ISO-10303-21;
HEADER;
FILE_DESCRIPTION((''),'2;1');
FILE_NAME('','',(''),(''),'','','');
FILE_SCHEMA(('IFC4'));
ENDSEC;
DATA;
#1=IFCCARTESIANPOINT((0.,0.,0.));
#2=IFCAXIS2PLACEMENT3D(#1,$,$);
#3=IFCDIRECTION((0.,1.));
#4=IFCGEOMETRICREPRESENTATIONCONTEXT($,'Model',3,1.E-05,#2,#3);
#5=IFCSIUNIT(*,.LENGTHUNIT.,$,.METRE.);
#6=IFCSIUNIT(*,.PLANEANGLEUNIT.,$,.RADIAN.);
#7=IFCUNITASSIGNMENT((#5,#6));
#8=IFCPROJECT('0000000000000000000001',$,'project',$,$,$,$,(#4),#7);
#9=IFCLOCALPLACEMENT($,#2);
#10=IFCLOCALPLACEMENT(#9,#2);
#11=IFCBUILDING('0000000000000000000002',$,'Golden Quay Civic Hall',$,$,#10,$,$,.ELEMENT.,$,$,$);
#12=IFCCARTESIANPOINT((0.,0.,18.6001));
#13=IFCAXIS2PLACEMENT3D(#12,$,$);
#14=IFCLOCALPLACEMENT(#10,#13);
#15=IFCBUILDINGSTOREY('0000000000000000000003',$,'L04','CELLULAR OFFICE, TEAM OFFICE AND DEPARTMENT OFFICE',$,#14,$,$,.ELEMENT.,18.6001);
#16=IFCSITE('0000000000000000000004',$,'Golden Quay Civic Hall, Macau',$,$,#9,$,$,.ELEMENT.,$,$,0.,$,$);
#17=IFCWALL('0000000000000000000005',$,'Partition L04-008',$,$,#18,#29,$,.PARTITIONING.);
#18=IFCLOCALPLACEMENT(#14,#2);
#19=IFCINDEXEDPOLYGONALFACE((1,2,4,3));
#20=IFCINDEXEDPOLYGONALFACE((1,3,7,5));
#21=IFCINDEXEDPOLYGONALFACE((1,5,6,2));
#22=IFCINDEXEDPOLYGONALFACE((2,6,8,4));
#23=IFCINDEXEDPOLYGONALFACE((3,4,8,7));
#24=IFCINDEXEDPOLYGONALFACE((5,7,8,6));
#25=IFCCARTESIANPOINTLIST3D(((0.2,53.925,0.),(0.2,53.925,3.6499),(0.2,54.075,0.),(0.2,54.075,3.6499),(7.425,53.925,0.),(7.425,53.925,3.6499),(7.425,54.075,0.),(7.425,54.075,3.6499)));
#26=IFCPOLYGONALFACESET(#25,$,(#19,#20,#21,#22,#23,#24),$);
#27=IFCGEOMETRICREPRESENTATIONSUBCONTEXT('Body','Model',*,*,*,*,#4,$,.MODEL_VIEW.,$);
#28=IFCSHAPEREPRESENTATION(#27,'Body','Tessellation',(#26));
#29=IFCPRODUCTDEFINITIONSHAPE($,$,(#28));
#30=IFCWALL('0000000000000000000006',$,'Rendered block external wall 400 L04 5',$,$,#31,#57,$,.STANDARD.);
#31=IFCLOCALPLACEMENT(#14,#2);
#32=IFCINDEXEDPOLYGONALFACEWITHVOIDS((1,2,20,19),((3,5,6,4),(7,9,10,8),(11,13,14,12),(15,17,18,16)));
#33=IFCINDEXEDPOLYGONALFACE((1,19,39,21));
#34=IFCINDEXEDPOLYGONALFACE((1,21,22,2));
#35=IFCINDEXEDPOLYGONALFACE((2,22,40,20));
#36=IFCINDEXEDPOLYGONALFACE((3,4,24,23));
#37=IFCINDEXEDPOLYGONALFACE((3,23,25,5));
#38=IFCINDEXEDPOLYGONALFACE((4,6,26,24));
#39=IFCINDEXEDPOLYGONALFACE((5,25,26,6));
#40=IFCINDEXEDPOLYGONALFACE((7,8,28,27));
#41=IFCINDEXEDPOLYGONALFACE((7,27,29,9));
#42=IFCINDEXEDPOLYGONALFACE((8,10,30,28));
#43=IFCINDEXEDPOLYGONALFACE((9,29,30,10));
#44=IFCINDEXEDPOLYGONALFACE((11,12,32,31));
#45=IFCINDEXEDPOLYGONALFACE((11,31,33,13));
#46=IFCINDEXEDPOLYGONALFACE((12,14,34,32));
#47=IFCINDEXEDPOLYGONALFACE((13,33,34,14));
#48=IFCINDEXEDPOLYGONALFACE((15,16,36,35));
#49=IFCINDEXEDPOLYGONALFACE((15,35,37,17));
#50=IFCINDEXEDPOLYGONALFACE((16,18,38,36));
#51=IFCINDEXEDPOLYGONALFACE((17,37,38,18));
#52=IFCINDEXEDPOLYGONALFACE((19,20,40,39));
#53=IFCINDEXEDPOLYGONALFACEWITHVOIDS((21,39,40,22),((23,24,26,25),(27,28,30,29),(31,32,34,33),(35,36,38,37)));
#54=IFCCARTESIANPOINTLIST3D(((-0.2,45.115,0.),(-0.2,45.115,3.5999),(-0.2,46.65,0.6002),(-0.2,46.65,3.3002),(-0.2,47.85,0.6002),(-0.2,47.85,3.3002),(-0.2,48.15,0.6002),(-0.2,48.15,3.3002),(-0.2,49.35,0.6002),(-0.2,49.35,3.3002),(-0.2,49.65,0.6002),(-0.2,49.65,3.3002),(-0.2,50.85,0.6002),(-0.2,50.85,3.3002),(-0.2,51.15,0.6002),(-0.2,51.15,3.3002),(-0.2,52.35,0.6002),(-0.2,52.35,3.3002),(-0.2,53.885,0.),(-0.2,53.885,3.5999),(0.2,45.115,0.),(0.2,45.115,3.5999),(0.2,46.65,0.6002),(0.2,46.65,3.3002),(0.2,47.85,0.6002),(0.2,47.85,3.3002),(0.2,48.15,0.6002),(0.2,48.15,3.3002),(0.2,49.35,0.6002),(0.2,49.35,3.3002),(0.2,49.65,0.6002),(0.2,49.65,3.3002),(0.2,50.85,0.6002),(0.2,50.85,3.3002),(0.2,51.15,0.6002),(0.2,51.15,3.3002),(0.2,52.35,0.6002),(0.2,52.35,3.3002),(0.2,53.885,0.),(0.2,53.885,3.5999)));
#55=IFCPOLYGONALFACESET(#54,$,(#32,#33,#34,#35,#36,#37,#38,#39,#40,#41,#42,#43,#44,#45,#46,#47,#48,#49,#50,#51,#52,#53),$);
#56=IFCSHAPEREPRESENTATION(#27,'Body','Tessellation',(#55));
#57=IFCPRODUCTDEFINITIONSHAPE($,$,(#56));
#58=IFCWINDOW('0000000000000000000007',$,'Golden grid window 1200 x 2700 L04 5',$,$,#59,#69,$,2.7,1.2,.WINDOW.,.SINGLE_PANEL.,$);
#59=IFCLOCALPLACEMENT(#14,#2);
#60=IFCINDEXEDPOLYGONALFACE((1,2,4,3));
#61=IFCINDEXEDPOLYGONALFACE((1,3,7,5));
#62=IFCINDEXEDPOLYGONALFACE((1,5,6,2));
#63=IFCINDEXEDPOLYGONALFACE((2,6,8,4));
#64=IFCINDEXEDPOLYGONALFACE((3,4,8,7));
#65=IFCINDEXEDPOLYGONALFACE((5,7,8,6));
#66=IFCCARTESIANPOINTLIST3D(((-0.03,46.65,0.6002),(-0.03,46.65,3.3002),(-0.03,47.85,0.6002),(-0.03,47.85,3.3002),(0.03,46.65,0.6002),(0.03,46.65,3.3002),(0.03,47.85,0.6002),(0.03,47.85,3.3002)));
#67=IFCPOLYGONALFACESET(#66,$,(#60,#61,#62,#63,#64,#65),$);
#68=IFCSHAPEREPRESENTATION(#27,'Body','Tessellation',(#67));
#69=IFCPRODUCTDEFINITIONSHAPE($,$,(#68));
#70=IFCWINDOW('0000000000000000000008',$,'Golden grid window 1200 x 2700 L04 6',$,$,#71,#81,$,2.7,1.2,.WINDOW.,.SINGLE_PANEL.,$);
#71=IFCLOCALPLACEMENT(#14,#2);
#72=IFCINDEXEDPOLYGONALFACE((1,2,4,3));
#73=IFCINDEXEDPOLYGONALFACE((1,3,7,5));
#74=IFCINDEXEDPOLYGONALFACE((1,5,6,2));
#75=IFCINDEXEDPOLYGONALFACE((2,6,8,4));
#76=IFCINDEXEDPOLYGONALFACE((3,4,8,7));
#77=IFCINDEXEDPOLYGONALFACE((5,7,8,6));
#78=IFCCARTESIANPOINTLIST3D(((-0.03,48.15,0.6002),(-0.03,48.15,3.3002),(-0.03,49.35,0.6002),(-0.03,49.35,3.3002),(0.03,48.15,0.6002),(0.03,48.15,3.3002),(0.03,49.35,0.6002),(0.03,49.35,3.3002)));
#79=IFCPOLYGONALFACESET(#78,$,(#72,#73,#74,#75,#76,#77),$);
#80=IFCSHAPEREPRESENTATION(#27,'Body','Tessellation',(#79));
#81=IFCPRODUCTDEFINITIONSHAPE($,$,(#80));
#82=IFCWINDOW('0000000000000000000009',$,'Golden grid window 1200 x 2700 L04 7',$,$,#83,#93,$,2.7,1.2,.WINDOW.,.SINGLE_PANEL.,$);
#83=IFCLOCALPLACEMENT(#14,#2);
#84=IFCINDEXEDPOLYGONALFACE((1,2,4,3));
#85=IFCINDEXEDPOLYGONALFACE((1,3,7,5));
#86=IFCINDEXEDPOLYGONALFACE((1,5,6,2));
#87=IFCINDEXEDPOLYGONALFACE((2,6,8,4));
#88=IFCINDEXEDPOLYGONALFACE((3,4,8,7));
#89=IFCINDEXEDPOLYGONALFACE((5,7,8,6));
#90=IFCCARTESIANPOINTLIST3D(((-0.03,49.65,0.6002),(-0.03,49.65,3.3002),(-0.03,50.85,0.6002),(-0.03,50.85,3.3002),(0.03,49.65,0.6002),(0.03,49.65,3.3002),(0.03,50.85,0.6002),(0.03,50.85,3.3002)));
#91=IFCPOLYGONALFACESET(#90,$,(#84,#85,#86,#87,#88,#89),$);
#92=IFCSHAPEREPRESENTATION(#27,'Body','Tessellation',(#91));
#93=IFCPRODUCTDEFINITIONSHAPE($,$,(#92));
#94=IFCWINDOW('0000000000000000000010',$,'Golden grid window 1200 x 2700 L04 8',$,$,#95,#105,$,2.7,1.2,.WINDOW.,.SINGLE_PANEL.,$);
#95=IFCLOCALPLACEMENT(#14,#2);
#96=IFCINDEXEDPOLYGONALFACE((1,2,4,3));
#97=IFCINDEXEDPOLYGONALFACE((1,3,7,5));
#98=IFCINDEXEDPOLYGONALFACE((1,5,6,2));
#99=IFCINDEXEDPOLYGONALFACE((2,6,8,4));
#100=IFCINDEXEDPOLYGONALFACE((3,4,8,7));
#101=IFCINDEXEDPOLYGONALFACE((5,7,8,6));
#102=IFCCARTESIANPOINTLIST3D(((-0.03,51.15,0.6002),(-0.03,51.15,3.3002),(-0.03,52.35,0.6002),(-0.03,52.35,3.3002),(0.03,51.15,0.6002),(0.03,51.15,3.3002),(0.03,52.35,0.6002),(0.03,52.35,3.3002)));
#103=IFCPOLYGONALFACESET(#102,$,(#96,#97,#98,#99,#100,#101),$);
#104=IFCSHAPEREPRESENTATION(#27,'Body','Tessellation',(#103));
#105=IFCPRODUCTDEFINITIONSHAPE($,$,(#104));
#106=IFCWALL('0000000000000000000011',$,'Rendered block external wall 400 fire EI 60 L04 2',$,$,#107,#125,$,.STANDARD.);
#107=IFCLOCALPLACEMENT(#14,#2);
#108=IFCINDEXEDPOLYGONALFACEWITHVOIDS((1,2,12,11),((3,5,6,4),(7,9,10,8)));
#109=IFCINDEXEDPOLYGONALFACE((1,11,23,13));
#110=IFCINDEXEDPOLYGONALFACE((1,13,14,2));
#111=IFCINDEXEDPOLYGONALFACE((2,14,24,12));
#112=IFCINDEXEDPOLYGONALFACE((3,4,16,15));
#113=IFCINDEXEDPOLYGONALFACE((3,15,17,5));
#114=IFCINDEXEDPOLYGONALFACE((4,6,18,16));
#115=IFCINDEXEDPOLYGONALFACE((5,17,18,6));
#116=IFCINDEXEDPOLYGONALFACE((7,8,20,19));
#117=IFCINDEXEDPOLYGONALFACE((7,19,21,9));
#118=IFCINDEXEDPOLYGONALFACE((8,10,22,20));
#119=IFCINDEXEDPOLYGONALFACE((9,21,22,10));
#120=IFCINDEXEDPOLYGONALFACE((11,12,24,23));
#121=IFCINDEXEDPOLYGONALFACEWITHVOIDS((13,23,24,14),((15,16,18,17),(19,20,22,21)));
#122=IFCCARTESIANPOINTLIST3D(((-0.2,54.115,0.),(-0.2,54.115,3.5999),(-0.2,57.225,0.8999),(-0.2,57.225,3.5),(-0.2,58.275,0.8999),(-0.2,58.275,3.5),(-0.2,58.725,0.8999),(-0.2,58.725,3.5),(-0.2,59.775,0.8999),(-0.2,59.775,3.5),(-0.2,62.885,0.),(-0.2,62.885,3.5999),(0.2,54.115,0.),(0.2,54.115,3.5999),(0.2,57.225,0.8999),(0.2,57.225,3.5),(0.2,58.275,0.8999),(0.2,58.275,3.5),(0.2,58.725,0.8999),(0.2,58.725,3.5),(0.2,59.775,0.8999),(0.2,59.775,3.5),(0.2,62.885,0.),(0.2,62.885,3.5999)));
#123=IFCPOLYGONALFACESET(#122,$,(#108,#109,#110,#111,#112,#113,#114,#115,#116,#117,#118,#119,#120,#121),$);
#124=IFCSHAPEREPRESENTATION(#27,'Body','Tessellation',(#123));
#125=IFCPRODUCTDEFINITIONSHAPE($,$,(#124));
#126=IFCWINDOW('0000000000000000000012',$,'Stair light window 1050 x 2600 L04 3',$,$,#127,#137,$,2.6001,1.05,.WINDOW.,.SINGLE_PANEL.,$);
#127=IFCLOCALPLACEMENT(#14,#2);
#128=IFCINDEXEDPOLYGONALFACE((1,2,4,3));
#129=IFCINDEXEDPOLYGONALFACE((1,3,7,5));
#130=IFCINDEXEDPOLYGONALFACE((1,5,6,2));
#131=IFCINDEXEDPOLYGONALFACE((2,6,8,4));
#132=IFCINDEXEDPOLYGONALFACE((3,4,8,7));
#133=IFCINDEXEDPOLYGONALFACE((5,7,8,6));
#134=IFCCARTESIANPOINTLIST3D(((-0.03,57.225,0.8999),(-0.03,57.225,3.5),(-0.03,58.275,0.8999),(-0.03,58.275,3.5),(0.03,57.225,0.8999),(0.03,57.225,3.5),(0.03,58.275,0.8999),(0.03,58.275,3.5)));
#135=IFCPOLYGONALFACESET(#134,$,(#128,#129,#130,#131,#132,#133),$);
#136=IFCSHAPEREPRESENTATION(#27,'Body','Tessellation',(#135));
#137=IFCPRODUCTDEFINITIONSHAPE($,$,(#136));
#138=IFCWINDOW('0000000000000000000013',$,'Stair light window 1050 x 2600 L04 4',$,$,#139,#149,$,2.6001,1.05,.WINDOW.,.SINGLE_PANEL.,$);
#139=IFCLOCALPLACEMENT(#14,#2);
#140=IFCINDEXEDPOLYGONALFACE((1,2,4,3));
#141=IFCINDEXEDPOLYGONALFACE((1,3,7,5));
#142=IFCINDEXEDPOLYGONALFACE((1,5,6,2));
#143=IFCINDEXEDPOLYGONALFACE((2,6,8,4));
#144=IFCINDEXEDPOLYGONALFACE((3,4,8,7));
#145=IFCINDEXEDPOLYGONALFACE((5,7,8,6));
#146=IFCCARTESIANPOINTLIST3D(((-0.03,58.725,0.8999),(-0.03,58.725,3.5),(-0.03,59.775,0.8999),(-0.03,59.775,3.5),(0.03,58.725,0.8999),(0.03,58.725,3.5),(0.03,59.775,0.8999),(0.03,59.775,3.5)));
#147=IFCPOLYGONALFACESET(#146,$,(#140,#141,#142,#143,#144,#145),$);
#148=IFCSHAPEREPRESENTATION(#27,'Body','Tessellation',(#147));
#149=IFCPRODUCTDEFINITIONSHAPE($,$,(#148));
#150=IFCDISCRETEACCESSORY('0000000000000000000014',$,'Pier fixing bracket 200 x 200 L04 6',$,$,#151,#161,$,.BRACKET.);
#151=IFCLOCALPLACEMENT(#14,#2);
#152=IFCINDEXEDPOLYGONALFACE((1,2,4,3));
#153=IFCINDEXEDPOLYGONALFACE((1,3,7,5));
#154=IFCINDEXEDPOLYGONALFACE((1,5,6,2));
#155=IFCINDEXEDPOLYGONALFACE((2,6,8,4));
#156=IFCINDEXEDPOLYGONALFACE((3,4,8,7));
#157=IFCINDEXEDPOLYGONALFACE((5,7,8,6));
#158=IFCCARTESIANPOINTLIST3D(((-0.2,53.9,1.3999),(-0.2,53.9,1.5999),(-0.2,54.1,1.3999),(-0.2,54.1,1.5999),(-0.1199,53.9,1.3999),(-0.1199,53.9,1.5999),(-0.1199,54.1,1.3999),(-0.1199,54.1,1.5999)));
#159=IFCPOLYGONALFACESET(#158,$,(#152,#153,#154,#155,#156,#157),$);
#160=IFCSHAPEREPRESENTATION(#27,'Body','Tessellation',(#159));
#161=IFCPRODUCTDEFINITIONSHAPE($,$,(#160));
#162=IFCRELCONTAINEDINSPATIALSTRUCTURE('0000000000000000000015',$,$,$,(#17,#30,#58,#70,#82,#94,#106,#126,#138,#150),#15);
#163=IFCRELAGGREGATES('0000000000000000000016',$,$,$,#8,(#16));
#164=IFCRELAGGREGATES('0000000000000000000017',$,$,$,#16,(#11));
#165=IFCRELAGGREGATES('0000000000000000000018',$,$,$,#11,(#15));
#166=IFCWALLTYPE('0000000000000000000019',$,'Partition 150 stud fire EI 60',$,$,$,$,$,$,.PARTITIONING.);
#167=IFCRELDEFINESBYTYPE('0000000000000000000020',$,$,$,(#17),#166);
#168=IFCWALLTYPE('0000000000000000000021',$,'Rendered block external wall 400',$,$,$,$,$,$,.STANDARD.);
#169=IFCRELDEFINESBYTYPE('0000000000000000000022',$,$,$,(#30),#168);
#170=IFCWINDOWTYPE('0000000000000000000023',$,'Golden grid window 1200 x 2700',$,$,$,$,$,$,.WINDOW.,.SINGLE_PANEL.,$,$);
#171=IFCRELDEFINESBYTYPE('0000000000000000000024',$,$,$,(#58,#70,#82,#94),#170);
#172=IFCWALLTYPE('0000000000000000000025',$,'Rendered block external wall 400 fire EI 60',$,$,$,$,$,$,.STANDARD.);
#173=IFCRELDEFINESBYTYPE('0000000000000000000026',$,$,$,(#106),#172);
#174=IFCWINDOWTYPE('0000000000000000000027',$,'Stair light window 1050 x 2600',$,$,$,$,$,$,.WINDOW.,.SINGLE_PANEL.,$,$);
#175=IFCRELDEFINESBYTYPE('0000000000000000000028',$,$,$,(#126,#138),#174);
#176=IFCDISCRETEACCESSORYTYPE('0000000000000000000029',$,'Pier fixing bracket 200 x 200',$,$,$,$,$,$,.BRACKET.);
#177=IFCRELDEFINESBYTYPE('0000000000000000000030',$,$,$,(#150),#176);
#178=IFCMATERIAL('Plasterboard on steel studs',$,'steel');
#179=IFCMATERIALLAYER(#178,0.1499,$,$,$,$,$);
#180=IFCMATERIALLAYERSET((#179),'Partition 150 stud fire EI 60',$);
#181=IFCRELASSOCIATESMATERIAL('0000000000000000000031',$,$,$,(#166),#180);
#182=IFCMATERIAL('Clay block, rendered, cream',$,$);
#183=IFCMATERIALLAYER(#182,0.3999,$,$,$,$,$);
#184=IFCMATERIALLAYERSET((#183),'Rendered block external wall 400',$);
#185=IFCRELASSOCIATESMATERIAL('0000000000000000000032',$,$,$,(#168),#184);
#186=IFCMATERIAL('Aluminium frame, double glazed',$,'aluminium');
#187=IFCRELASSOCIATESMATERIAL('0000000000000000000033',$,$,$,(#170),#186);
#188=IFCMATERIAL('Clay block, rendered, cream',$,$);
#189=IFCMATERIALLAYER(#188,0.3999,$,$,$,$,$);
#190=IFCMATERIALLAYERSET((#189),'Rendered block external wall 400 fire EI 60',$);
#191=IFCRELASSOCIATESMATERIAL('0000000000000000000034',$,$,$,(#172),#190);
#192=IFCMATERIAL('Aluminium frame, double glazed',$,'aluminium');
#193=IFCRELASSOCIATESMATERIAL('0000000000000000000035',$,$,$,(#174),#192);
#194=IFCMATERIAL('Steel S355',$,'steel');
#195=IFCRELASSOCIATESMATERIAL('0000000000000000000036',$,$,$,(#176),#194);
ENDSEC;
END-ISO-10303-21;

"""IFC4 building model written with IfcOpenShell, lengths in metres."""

from ifc_helpers import new_model, si_unit, direction, frame, frame_2d, origin, origin_2d, place, context, subcontext, project, spatial, rectangle, extrude, material, layer, layer_set, type_object, element, fill, save


model = new_model("IFC4")

# Units and contexts
model_context = context("Model", 3, precision=1e-05, world=origin(), true_north=direction((0.0, 1.0)))
body_context = subcontext(model_context, "Body", "Model", "MODEL_VIEW")
ifc_project = project(units=[si_unit("LENGTHUNIT", "METRE"), si_unit("PLANEANGLEUNIT", "RADIAN")], contexts=[model_context])

# Site, building, storey
site_placement = place(None, origin())
site = spatial("IfcSite", under=ifc_project, at=site_placement, Name="Golden Quay Civic Hall, Macau", CompositionType="ELEMENT", RefElevation=0.0)
building_placement = place(site_placement, origin())
building = spatial("IfcBuilding", under=site, at=building_placement, Name="Golden Quay Civic Hall", CompositionType="ELEMENT")
storey_placement = place(building_placement, frame((0.0, 0.0, 18.6001)))
storey = spatial("IfcBuildingStorey", under=building, at=storey_placement, Name="L04", Description="CELLULAR OFFICE, TEAM OFFICE AND DEPARTMENT OFFICE", CompositionType="ELEMENT", Elevation=18.6001)

# Wall
ifc_material_1 = material(Name="Plasterboard on steel studs", Category="steel")
ifc_layer_1 = layer(ifc_material_1, 0.1499)
ifc_layer_set_1 = layer_set([ifc_layer_1], Name="Partition 150 stud fire EI 60")
wall_type_1 = type_object("IfcWallType", Name="Partition 150 stud fire EI 60", PredefinedType="PARTITIONING", material=ifc_layer_set_1)
wall_1_placement = place(storey_placement, frame((0.2, 54.0, 0.0), z_axis=(0.0, 0.0, 1.0), x_axis=(1.0, 0.0, 0.0)))
element("IfcWall", 1, at=wall_1_placement, inside=storey, type_object=wall_type_1, Name="Partition L04-008", PredefinedType="PARTITIONING", context=body_context, shape_type="SweptSolid", body=[
    extrude(rectangle(XDim=7.2251, YDim=0.1499, at=frame_2d((3.6125, 0.0))), origin(), (0.0, 0.0, 1.0), 3.6499),
])

# Walls, openings, windows
ifc_material_2 = material(Name="Clay block, rendered, cream")
ifc_layer_2 = layer(ifc_material_2, 0.3999)
ifc_layer_set_2 = layer_set([ifc_layer_2], Name="Rendered block external wall 400")
wall_type_2 = type_object("IfcWallType", Name="Rendered block external wall 400", PredefinedType="STANDARD", material=ifc_layer_set_2)
wall_2_placement = place(storey_placement, frame((0.0, 45.115, 0.0), z_axis=(0.0, 0.0, 1.0), x_axis=(0.0, 1.0, 0.0)))
wall_2 = element("IfcWall", 2, at=wall_2_placement, inside=storey, type_object=wall_type_2, Name="Rendered block external wall 400 L04 5", PredefinedType="STANDARD", context=body_context, shape_type="SweptSolid", body=[
    extrude(rectangle(XDim=8.77, YDim=0.3999, at=frame_2d((4.385, 0.0))), origin(), (0.0, 0.0, 1.0), 3.5999),
])
opening_1_placement = place(wall_2_placement, frame((1.5349, 0.0, 0.6001)))
opening_1 = element("IfcOpeningElement", 3, at=opening_1_placement, cuts=wall_2, PredefinedType="OPENING", context=body_context, shape_type="SweptSolid", body=[
    extrude(rectangle(XDim=1.2, YDim=2.7, at=frame_2d((0.6001, 1.3501))), frame((0.0, 0.21, 0.0), z_axis=(0.0, -1.0, 0.0), x_axis=(1.0, 0.0, 0.0)), (0.0, 0.0, 1.0), 0.4199),
])
opening_2_placement = place(wall_2_placement, frame((3.0349, 0.0, 0.6001)))
opening_2 = element("IfcOpeningElement", 4, at=opening_2_placement, cuts=wall_2, PredefinedType="OPENING", context=body_context, shape_type="SweptSolid", body=[
    extrude(rectangle(XDim=1.2, YDim=2.7, at=frame_2d((0.6001, 1.3501))), frame((0.0, 0.21, 0.0), z_axis=(0.0, -1.0, 0.0), x_axis=(1.0, 0.0, 0.0)), (0.0, 0.0, 1.0), 0.4199),
])
opening_3_placement = place(wall_2_placement, frame((4.5349, 0.0, 0.6001)))
opening_3 = element("IfcOpeningElement", 5, at=opening_3_placement, cuts=wall_2, PredefinedType="OPENING", context=body_context, shape_type="SweptSolid", body=[
    extrude(rectangle(XDim=1.2, YDim=2.7, at=frame_2d((0.6001, 1.3501))), frame((0.0, 0.21, 0.0), z_axis=(0.0, -1.0, 0.0), x_axis=(1.0, 0.0, 0.0)), (0.0, 0.0, 1.0), 0.4199),
])
opening_4_placement = place(wall_2_placement, frame((6.0349, 0.0, 0.6001)))
opening_4 = element("IfcOpeningElement", 6, at=opening_4_placement, cuts=wall_2, PredefinedType="OPENING", context=body_context, shape_type="SweptSolid", body=[
    extrude(rectangle(XDim=1.2, YDim=2.7, at=frame_2d((0.6001, 1.3501))), frame((0.0, 0.21, 0.0), z_axis=(0.0, -1.0, 0.0), x_axis=(1.0, 0.0, 0.0)), (0.0, 0.0, 1.0), 0.4199),
])
ifc_material_3 = material(Name="Aluminium frame, double glazed", Category="aluminium")
window_type_1 = type_object("IfcWindowType", Name="Golden grid window 1200 x 2700", PartitioningType="SINGLE_PANEL", PredefinedType="WINDOW", material=ifc_material_3)
window_1_placement = place(opening_1_placement, origin())
window_1 = element("IfcWindow", 7, at=window_1_placement, inside=storey, type_object=window_type_1, Name="Golden grid window 1200 x 2700 L04 5", OverallHeight=2.7, OverallWidth=1.2, PartitioningType="SINGLE_PANEL", PredefinedType="WINDOW", context=body_context, shape_type="SweptSolid", body=[
    extrude(rectangle(XDim=1.2, YDim=2.7, at=frame_2d((0.6001, 1.3501))), frame((0.0, 0.03, 0.0), z_axis=(0.0, -1.0, 0.0), x_axis=(1.0, 0.0, 0.0)), (0.0, 0.0, 1.0), 0.0601),
])
fill(opening_1, window_1)
window_2_placement = place(opening_2_placement, origin())
window_2 = element("IfcWindow", 8, at=window_2_placement, inside=storey, type_object=window_type_1, Name="Golden grid window 1200 x 2700 L04 6", OverallHeight=2.7, OverallWidth=1.2, PartitioningType="SINGLE_PANEL", PredefinedType="WINDOW", context=body_context, shape_type="SweptSolid", body=[
    extrude(rectangle(XDim=1.2, YDim=2.7, at=frame_2d((0.6001, 1.3501))), frame((0.0, 0.03, 0.0), z_axis=(0.0, -1.0, 0.0), x_axis=(1.0, 0.0, 0.0)), (0.0, 0.0, 1.0), 0.0601),
])
fill(opening_2, window_2)
window_3_placement = place(opening_3_placement, origin())
window_3 = element("IfcWindow", 9, at=window_3_placement, inside=storey, type_object=window_type_1, Name="Golden grid window 1200 x 2700 L04 7", OverallHeight=2.7, OverallWidth=1.2, PartitioningType="SINGLE_PANEL", PredefinedType="WINDOW", context=body_context, shape_type="SweptSolid", body=[
    extrude(rectangle(XDim=1.2, YDim=2.7, at=frame_2d((0.6001, 1.3501))), frame((0.0, 0.03, 0.0), z_axis=(0.0, -1.0, 0.0), x_axis=(1.0, 0.0, 0.0)), (0.0, 0.0, 1.0), 0.0601),
])
fill(opening_3, window_3)
window_4_placement = place(opening_4_placement, origin())
window_4 = element("IfcWindow", 10, at=window_4_placement, inside=storey, type_object=window_type_1, Name="Golden grid window 1200 x 2700 L04 8", OverallHeight=2.7, OverallWidth=1.2, PartitioningType="SINGLE_PANEL", PredefinedType="WINDOW", context=body_context, shape_type="SweptSolid", body=[
    extrude(rectangle(XDim=1.2, YDim=2.7, at=frame_2d((0.6001, 1.3501))), frame((0.0, 0.03, 0.0), z_axis=(0.0, -1.0, 0.0), x_axis=(1.0, 0.0, 0.0)), (0.0, 0.0, 1.0), 0.0601),
])
fill(opening_4, window_4)
ifc_material_4 = material(Name="Clay block, rendered, cream")
ifc_layer_3 = layer(ifc_material_4, 0.3999)
ifc_layer_set_3 = layer_set([ifc_layer_3], Name="Rendered block external wall 400 fire EI 60")
wall_type_3 = type_object("IfcWallType", Name="Rendered block external wall 400 fire EI 60", PredefinedType="STANDARD", material=ifc_layer_set_3)
wall_3_placement = place(storey_placement, frame((0.0, 54.115, 0.0), z_axis=(0.0, 0.0, 1.0), x_axis=(0.0, 1.0, 0.0)))
wall_3 = element("IfcWall", 11, at=wall_3_placement, inside=storey, type_object=wall_type_3, Name="Rendered block external wall 400 fire EI 60 L04 2", PredefinedType="STANDARD", context=body_context, shape_type="SweptSolid", body=[
    extrude(rectangle(XDim=8.77, YDim=0.3999, at=frame_2d((4.385, 0.0))), origin(), (0.0, 0.0, 1.0), 3.5999),
])
opening_5_placement = place(wall_3_placement, frame((3.1101, 0.0, 0.8999)))
opening_5 = element("IfcOpeningElement", 12, at=opening_5_placement, cuts=wall_3, PredefinedType="OPENING", context=body_context, shape_type="SweptSolid", body=[
    extrude(rectangle(XDim=1.05, YDim=2.6001, at=frame_2d((0.5249, 1.3))), frame((0.0, 0.21, 0.0), z_axis=(0.0, -1.0, 0.0), x_axis=(1.0, 0.0, 0.0)), (0.0, 0.0, 1.0), 0.4199),
])
opening_6_placement = place(wall_3_placement, frame((4.6101, 0.0, 0.8999)))
opening_6 = element("IfcOpeningElement", 13, at=opening_6_placement, cuts=wall_3, PredefinedType="OPENING", context=body_context, shape_type="SweptSolid", body=[
    extrude(rectangle(XDim=1.05, YDim=2.6001, at=frame_2d((0.5249, 1.3))), frame((0.0, 0.21, 0.0), z_axis=(0.0, -1.0, 0.0), x_axis=(1.0, 0.0, 0.0)), (0.0, 0.0, 1.0), 0.4199),
])
ifc_material_5 = material(Name="Aluminium frame, double glazed", Category="aluminium")
window_type_2 = type_object("IfcWindowType", Name="Stair light window 1050 x 2600", PartitioningType="SINGLE_PANEL", PredefinedType="WINDOW", material=ifc_material_5)
window_5_placement = place(opening_5_placement, origin())
window_5 = element("IfcWindow", 14, at=window_5_placement, inside=storey, type_object=window_type_2, Name="Stair light window 1050 x 2600 L04 3", OverallHeight=2.6001, OverallWidth=1.05, PartitioningType="SINGLE_PANEL", PredefinedType="WINDOW", context=body_context, shape_type="SweptSolid", body=[
    extrude(rectangle(XDim=1.05, YDim=2.6001, at=frame_2d((0.5249, 1.3))), frame((0.0, 0.03, 0.0), z_axis=(0.0, -1.0, 0.0), x_axis=(1.0, 0.0, 0.0)), (0.0, 0.0, 1.0), 0.0601),
])
fill(opening_5, window_5)
window_6_placement = place(opening_6_placement, origin())
window_6 = element("IfcWindow", 15, at=window_6_placement, inside=storey, type_object=window_type_2, Name="Stair light window 1050 x 2600 L04 4", OverallHeight=2.6001, OverallWidth=1.05, PartitioningType="SINGLE_PANEL", PredefinedType="WINDOW", context=body_context, shape_type="SweptSolid", body=[
    extrude(rectangle(XDim=1.05, YDim=2.6001, at=frame_2d((0.5249, 1.3))), frame((0.0, 0.03, 0.0), z_axis=(0.0, -1.0, 0.0), x_axis=(1.0, 0.0, 0.0)), (0.0, 0.0, 1.0), 0.0601),
])
fill(opening_6, window_6)

# Discrete accessory
ifc_material_6 = material(Name="Steel S355", Category="steel")
discrete_accessory_type = type_object("IfcDiscreteAccessoryType", Name="Pier fixing bracket 200 x 200", PredefinedType="BRACKET", material=ifc_material_6)
discrete_accessory_placement = place(storey_placement, frame((-0.1599, 54.0, 1.3999), z_axis=(0.0, 0.0, 1.0), x_axis=(0.0, -1.0, 0.0)))
element("IfcDiscreteAccessory", 16, at=discrete_accessory_placement, inside=storey, type_object=discrete_accessory_type, Name="Pier fixing bracket 200 x 200 L04 6", PredefinedType="BRACKET", context=body_context, shape_type="SweptSolid", body=[
    extrude(rectangle(XDim=0.2, YDim=0.0801, at=origin_2d()), origin(), (0.0, 0.0, 1.0), 0.2),
])

save(model, "model.ifc")
